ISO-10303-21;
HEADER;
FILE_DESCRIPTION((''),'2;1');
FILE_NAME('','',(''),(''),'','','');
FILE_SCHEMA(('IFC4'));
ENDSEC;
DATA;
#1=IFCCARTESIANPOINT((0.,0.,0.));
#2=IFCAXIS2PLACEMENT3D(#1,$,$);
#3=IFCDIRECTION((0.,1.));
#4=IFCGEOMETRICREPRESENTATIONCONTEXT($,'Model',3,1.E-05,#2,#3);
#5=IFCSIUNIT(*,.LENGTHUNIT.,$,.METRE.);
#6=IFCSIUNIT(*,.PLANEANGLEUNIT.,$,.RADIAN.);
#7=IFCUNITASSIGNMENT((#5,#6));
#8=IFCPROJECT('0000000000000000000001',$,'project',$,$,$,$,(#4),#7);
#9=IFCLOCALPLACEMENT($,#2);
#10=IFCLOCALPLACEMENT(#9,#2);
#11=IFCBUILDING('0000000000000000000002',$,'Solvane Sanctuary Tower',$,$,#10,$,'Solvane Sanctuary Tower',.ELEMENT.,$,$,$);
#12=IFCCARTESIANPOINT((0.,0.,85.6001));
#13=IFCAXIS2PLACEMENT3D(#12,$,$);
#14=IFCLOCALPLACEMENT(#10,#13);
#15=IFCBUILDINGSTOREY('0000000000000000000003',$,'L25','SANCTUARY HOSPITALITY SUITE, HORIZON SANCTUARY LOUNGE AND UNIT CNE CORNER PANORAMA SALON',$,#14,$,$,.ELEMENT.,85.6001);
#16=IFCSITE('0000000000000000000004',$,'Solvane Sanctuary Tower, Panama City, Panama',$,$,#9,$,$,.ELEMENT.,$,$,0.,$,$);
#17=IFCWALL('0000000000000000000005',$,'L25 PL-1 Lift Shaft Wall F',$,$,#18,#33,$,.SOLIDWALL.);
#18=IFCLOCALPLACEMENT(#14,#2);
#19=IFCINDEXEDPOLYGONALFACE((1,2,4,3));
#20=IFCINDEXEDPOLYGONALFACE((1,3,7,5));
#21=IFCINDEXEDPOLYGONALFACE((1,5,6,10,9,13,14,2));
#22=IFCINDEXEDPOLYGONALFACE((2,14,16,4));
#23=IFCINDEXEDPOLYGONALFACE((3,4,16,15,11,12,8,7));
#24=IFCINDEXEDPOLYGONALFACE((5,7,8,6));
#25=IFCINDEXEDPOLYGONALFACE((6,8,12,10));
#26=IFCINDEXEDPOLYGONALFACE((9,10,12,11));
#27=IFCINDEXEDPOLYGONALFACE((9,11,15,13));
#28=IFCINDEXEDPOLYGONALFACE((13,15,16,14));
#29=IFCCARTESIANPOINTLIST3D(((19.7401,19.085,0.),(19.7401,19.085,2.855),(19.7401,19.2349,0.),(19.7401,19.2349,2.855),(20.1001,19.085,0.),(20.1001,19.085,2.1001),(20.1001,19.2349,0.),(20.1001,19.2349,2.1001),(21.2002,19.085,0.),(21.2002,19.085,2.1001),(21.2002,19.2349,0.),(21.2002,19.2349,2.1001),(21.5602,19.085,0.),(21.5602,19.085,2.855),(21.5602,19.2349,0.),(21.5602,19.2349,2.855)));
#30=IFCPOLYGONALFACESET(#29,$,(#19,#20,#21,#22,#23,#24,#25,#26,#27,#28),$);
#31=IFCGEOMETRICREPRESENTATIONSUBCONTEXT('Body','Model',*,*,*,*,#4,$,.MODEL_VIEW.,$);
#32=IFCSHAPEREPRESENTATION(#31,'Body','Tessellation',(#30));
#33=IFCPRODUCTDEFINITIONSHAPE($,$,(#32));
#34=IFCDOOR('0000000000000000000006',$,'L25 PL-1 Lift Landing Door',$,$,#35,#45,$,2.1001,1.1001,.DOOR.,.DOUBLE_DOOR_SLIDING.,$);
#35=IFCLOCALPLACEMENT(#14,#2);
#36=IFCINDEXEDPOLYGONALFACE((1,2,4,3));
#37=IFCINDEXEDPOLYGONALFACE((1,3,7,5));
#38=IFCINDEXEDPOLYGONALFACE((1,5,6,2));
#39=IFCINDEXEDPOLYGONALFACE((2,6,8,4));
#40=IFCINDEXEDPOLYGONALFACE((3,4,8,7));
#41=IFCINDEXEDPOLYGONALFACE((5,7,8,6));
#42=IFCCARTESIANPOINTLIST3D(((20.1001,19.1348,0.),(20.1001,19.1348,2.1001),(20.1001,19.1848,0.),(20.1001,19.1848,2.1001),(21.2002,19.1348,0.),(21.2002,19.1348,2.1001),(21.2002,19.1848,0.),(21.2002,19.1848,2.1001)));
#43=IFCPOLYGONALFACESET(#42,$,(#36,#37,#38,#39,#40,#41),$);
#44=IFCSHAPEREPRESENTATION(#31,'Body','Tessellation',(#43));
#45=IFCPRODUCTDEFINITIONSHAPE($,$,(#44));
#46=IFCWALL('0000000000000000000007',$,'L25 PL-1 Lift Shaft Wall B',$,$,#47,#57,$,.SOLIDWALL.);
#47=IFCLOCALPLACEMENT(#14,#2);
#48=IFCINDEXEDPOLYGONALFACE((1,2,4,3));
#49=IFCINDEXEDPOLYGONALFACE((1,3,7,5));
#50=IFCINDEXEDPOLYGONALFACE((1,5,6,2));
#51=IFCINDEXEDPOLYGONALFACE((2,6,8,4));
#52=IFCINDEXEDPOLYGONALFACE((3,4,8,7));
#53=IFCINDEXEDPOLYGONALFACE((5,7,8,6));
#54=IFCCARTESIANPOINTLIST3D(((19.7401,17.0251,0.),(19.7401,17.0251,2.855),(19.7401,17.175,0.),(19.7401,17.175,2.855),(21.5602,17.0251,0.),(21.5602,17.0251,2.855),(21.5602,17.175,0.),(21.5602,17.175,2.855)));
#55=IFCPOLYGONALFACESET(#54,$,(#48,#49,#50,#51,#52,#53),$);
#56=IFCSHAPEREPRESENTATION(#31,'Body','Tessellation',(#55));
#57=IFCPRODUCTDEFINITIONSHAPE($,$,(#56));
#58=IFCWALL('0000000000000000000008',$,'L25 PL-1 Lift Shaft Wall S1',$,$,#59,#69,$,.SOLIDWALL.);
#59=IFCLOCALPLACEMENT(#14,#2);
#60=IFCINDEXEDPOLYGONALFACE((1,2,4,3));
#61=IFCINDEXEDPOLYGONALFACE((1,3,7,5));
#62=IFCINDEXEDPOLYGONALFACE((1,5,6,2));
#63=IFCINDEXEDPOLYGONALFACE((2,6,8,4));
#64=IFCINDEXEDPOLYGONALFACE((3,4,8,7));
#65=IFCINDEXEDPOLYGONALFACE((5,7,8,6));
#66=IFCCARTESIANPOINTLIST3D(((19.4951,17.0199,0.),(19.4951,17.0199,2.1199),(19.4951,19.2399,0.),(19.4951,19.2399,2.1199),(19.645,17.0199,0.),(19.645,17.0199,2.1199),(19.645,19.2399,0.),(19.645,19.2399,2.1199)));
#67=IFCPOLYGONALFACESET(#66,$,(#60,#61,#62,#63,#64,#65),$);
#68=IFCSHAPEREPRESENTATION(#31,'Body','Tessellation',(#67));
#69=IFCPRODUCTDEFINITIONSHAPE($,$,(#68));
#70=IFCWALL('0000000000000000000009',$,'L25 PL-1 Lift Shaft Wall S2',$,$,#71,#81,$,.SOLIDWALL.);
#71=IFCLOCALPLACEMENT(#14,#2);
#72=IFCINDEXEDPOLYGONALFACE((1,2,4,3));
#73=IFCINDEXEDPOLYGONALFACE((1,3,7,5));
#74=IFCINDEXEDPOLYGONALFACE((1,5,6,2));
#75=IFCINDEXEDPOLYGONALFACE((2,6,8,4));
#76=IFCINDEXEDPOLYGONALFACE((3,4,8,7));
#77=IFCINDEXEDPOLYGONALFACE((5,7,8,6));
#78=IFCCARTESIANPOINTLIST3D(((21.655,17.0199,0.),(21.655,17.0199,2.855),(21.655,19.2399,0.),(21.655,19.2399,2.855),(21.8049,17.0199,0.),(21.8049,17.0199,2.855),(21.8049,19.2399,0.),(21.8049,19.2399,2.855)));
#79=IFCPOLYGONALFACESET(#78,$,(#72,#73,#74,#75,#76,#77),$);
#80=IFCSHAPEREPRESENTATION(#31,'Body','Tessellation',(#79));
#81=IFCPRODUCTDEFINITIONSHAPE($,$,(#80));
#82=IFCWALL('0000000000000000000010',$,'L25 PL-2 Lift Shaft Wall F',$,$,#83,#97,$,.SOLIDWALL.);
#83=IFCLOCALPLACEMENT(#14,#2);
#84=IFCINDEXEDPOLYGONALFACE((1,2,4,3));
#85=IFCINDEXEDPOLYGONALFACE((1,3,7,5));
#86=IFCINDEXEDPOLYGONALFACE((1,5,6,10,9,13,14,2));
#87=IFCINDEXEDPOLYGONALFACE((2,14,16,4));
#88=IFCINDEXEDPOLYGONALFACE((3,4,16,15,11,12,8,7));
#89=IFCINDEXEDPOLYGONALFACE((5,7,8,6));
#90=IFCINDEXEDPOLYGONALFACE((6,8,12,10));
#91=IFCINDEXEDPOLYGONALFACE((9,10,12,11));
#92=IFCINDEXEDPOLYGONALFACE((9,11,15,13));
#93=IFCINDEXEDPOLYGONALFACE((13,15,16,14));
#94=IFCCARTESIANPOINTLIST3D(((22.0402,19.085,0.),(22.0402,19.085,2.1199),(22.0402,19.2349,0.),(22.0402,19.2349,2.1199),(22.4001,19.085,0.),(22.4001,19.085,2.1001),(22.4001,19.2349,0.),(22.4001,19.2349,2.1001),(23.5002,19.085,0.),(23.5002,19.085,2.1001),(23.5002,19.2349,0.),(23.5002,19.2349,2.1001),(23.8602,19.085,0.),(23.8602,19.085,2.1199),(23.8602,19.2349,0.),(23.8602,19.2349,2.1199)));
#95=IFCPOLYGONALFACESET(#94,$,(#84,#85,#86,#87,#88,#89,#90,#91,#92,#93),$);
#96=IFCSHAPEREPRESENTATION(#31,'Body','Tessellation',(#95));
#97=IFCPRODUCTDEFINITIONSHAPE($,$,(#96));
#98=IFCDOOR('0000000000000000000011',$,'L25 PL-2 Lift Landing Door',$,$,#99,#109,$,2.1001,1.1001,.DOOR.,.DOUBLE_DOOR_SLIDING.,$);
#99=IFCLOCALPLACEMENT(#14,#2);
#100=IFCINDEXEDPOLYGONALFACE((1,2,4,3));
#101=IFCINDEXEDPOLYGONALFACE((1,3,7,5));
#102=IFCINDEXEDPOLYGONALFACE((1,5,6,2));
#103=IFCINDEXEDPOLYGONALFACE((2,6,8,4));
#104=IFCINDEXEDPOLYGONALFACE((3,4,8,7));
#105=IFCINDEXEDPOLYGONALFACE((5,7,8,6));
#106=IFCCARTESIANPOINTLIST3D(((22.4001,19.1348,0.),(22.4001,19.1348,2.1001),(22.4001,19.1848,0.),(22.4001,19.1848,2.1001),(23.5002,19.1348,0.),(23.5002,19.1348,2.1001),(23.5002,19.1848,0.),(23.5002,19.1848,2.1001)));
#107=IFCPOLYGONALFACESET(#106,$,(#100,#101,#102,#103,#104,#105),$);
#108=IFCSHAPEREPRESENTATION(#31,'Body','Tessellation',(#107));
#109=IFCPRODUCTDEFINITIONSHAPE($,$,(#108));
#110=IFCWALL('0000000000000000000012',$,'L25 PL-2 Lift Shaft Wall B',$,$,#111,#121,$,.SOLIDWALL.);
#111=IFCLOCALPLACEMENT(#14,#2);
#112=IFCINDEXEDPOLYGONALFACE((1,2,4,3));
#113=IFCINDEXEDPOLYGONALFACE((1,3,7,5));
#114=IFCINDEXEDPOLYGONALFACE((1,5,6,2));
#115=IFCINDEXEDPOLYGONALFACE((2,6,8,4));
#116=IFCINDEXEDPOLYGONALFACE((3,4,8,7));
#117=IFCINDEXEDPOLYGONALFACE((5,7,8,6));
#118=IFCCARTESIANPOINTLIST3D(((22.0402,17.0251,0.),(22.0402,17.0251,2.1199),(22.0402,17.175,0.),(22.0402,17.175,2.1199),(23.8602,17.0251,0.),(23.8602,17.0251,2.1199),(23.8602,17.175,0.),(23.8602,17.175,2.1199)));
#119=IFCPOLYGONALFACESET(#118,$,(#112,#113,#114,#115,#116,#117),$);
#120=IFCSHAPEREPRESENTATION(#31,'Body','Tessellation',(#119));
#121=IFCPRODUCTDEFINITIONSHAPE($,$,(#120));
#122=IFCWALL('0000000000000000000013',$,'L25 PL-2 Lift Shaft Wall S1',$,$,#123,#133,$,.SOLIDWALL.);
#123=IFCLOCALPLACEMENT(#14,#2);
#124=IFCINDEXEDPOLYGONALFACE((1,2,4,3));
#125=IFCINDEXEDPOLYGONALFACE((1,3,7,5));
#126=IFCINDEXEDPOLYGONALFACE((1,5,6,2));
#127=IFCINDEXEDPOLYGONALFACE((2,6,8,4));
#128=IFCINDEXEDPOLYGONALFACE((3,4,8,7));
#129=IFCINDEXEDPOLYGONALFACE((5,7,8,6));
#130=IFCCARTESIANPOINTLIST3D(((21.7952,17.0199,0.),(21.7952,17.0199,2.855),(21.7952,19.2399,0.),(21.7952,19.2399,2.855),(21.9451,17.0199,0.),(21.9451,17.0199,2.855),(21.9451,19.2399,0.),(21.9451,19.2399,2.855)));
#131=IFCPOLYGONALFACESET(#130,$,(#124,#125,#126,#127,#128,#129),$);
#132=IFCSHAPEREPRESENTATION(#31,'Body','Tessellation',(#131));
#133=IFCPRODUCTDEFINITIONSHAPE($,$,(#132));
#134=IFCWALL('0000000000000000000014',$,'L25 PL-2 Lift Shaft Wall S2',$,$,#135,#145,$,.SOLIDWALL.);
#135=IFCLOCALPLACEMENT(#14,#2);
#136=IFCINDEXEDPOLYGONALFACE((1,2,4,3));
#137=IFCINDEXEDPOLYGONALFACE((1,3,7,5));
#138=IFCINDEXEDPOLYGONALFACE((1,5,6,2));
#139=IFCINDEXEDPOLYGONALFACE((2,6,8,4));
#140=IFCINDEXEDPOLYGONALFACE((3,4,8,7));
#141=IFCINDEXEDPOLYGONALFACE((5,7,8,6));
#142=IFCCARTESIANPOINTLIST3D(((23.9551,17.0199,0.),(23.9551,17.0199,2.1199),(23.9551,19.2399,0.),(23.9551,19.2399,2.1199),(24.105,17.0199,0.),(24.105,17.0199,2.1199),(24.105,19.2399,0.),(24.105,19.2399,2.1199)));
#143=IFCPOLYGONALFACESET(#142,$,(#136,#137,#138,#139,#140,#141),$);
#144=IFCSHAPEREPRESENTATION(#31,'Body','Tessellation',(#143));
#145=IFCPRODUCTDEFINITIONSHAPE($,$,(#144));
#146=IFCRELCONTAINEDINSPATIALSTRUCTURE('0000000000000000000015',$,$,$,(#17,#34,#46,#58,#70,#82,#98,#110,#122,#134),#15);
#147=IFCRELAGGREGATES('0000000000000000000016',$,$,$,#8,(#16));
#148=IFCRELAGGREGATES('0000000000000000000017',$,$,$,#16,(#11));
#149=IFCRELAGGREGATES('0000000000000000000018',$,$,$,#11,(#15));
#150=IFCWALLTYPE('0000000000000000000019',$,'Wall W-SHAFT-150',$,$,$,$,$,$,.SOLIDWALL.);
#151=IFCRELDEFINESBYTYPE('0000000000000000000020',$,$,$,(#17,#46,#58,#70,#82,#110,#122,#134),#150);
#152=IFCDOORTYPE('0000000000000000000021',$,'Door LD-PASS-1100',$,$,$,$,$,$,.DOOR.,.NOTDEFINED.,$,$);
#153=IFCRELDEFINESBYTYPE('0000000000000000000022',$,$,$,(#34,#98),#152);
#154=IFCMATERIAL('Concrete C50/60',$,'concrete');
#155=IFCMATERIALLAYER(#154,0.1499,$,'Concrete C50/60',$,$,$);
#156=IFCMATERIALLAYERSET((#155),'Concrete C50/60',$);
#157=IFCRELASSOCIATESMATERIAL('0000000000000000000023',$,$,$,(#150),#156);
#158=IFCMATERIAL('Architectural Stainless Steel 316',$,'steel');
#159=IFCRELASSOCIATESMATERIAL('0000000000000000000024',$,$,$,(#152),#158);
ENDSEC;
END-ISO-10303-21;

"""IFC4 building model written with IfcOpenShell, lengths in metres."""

from ifc_helpers import new_model, si_unit, direction, frame, frame_2d, origin, place, context, subcontext, project, spatial, rectangle, extrude, material, layer, layer_set, type_object, element, fill, save


model = new_model("IFC4")

# Units and contexts
model_context = context("Model", 3, precision=1e-05, world=origin(), true_north=direction((0.0, 1.0)))
body_context = subcontext(model_context, "Body", "Model", "MODEL_VIEW")
ifc_project = project(units=[si_unit("LENGTHUNIT", "METRE"), si_unit("PLANEANGLEUNIT", "RADIAN")], contexts=[model_context])

# Site, building, storey
site_placement = place(None, origin())
site = spatial("IfcSite", under=ifc_project, at=site_placement, Name="Solvane Sanctuary Tower, Panama City, Panama", CompositionType="ELEMENT", RefElevation=0.0)
building_placement = place(site_placement, origin())
building = spatial("IfcBuilding", under=site, at=building_placement, Name="Solvane Sanctuary Tower", LongName="Solvane Sanctuary Tower", CompositionType="ELEMENT")
storey_placement = place(building_placement, frame((0.0, 0.0, 85.6001)))
storey = spatial("IfcBuildingStorey", under=building, at=storey_placement, Name="L25", Description="SANCTUARY HOSPITALITY SUITE, HORIZON SANCTUARY LOUNGE AND UNIT CNE CORNER PANORAMA SALON", CompositionType="ELEMENT", Elevation=85.6001)

# Wall, opening, door
ifc_material_1 = material(Name="Concrete C50/60", Category="concrete")
ifc_layer_1 = layer(ifc_material_1, 0.1499, Name="Concrete C50/60")
ifc_layer_set_1 = layer_set([ifc_layer_1], Name="Concrete C50/60")
wall_type_1 = type_object("IfcWallType", Name="Wall W-SHAFT-150", PredefinedType="SOLIDWALL", material=ifc_layer_set_1)
wall_1_placement = place(storey_placement, frame((19.74, 19.1599, 0.0), z_axis=(0.0, 0.0, 1.0), x_axis=(1.0, 0.0, 0.0)))
wall_1 = element("IfcWall", 1, at=wall_1_placement, inside=storey, type_object=wall_type_1, Name="L25 PL-1 Lift Shaft Wall F", PredefinedType="SOLIDWALL", context=body_context, shape_type="SweptSolid", body=[
    extrude(rectangle(XDim=1.8201, YDim=0.1499, at=frame_2d((0.9102, 0.0))), origin(), (0.0, 0.0, 1.0), 2.855),
])
opening_1_placement = place(wall_1_placement, frame((0.3601, 0.0, 0.0)))
opening_1 = element("IfcOpeningElement", 2, at=opening_1_placement, cuts=wall_1, PredefinedType="OPENING", context=body_context, shape_type="SweptSolid", body=[
    extrude(rectangle(XDim=1.1001, YDim=2.1001, at=frame_2d((0.55, 1.05))), frame((0.0, 0.085, 0.0), z_axis=(0.0, -1.0, 0.0), x_axis=(1.0, 0.0, 0.0)), (0.0, 0.0, 1.0), 0.1699),
])
ifc_material_2 = material(Name="Architectural Stainless Steel 316", Category="steel")
door_type = type_object("IfcDoorType", Name="Door LD-PASS-1100", OperationType="NOTDEFINED", PredefinedType="DOOR", material=ifc_material_2)
door_1_placement = place(opening_1_placement, origin())
door_1 = element("IfcDoor", 3, at=door_1_placement, inside=storey, type_object=door_type, Name="L25 PL-1 Lift Landing Door", OperationType="DOUBLE_DOOR_SLIDING", OverallHeight=2.1001, OverallWidth=1.1001, PredefinedType="DOOR", context=body_context, shape_type="SweptSolid", body=[
    extrude(rectangle(XDim=1.1001, YDim=2.1001, at=frame_2d((0.55, 1.05))), frame((0.0, 0.0249, 0.0), z_axis=(0.0, -1.0, 0.0), x_axis=(1.0, 0.0, 0.0)), (0.0, 0.0, 1.0), 0.05),
])
fill(opening_1, door_1)

# Walls
wall_2_placement = place(storey_placement, frame((19.74, 17.1001, 0.0), z_axis=(0.0, 0.0, 1.0), x_axis=(1.0, 0.0, 0.0)))
element("IfcWall", 4, at=wall_2_placement, inside=storey, type_object=wall_type_1, Name="L25 PL-1 Lift Shaft Wall B", PredefinedType="SOLIDWALL", context=body_context, shape_type="SweptSolid", body=[
    extrude(rectangle(XDim=1.8201, YDim=0.1499, at=frame_2d((0.9102, 0.0))), origin(), (0.0, 0.0, 1.0), 2.855),
])
wall_3_placement = place(storey_placement, frame((19.5701, 17.02, 0.0), z_axis=(0.0, 0.0, 1.0), x_axis=(0.0, 1.0, 0.0)))
element("IfcWall", 5, at=wall_3_placement, inside=storey, type_object=wall_type_1, Name="L25 PL-1 Lift Shaft Wall S1", PredefinedType="SOLIDWALL", context=body_context, shape_type="SweptSolid", body=[
    extrude(rectangle(XDim=2.22, YDim=0.1499, at=frame_2d((1.1099, 0.0))), origin(), (0.0, 0.0, 1.0), 2.1199),
])
wall_4_placement = place(storey_placement, frame((21.73, 17.02, 0.0), z_axis=(0.0, 0.0, 1.0), x_axis=(0.0, 1.0, 0.0)))
element("IfcWall", 6, at=wall_4_placement, inside=storey, type_object=wall_type_1, Name="L25 PL-1 Lift Shaft Wall S2", PredefinedType="SOLIDWALL", context=body_context, shape_type="SweptSolid", body=[
    extrude(rectangle(XDim=2.22, YDim=0.1499, at=frame_2d((1.1099, 0.0))), origin(), (0.0, 0.0, 1.0), 2.855),
])

# Wall, opening, door
wall_5_placement = place(storey_placement, frame((22.04, 19.1599, 0.0), z_axis=(0.0, 0.0, 1.0), x_axis=(1.0, 0.0, 0.0)))
wall_5 = element("IfcWall", 7, at=wall_5_placement, inside=storey, type_object=wall_type_1, Name="L25 PL-2 Lift Shaft Wall F", PredefinedType="SOLIDWALL", context=body_context, shape_type="SweptSolid", body=[
    extrude(rectangle(XDim=1.8201, YDim=0.1499, at=frame_2d((0.9102, 0.0))), origin(), (0.0, 0.0, 1.0), 2.1199),
])
opening_2_placement = place(wall_5_placement, frame((0.3601, 0.0, 0.0)))
opening_2 = element("IfcOpeningElement", 8, at=opening_2_placement, cuts=wall_5, PredefinedType="OPENING", context=body_context, shape_type="SweptSolid", body=[
    extrude(rectangle(XDim=1.1001, YDim=2.1001, at=frame_2d((0.55, 1.05))), frame((0.0, 0.085, 0.0), z_axis=(0.0, -1.0, 0.0), x_axis=(1.0, 0.0, 0.0)), (0.0, 0.0, 1.0), 0.1699),
])
door_2_placement = place(opening_2_placement, origin())
door_2 = element("IfcDoor", 9, at=door_2_placement, inside=storey, type_object=door_type, Name="L25 PL-2 Lift Landing Door", OperationType="DOUBLE_DOOR_SLIDING", OverallHeight=2.1001, OverallWidth=1.1001, PredefinedType="DOOR", context=body_context, shape_type="SweptSolid", body=[
    extrude(rectangle(XDim=1.1001, YDim=2.1001, at=frame_2d((0.55, 1.05))), frame((0.0, 0.0249, 0.0), z_axis=(0.0, -1.0, 0.0), x_axis=(1.0, 0.0, 0.0)), (0.0, 0.0, 1.0), 0.05),
])
fill(opening_2, door_2)

# Walls
wall_6_placement = place(storey_placement, frame((22.04, 17.1001, 0.0), z_axis=(0.0, 0.0, 1.0), x_axis=(1.0, 0.0, 0.0)))
element("IfcWall", 10, at=wall_6_placement, inside=storey, type_object=wall_type_1, Name="L25 PL-2 Lift Shaft Wall B", PredefinedType="SOLIDWALL", context=body_context, shape_type="SweptSolid", body=[
    extrude(rectangle(XDim=1.8201, YDim=0.1499, at=frame_2d((0.9102, 0.0))), origin(), (0.0, 0.0, 1.0), 2.1199),
])
wall_7_placement = place(storey_placement, frame((21.8701, 17.02, 0.0), z_axis=(0.0, 0.0, 1.0), x_axis=(0.0, 1.0, 0.0)))
element("IfcWall", 11, at=wall_7_placement, inside=storey, type_object=wall_type_1, Name="L25 PL-2 Lift Shaft Wall S1", PredefinedType="SOLIDWALL", context=body_context, shape_type="SweptSolid", body=[
    extrude(rectangle(XDim=2.22, YDim=0.1499, at=frame_2d((1.1099, 0.0))), origin(), (0.0, 0.0, 1.0), 2.855),
])
wall_8_placement = place(storey_placement, frame((24.03, 17.02, 0.0), z_axis=(0.0, 0.0, 1.0), x_axis=(0.0, 1.0, 0.0)))
element("IfcWall", 12, at=wall_8_placement, inside=storey, type_object=wall_type_1, Name="L25 PL-2 Lift Shaft Wall S2", PredefinedType="SOLIDWALL", context=body_context, shape_type="SweptSolid", body=[
    extrude(rectangle(XDim=2.22, YDim=0.1499, at=frame_2d((1.1099, 0.0))), origin(), (0.0, 0.0, 1.0), 2.1199),
])

save(model, "model.ifc")
